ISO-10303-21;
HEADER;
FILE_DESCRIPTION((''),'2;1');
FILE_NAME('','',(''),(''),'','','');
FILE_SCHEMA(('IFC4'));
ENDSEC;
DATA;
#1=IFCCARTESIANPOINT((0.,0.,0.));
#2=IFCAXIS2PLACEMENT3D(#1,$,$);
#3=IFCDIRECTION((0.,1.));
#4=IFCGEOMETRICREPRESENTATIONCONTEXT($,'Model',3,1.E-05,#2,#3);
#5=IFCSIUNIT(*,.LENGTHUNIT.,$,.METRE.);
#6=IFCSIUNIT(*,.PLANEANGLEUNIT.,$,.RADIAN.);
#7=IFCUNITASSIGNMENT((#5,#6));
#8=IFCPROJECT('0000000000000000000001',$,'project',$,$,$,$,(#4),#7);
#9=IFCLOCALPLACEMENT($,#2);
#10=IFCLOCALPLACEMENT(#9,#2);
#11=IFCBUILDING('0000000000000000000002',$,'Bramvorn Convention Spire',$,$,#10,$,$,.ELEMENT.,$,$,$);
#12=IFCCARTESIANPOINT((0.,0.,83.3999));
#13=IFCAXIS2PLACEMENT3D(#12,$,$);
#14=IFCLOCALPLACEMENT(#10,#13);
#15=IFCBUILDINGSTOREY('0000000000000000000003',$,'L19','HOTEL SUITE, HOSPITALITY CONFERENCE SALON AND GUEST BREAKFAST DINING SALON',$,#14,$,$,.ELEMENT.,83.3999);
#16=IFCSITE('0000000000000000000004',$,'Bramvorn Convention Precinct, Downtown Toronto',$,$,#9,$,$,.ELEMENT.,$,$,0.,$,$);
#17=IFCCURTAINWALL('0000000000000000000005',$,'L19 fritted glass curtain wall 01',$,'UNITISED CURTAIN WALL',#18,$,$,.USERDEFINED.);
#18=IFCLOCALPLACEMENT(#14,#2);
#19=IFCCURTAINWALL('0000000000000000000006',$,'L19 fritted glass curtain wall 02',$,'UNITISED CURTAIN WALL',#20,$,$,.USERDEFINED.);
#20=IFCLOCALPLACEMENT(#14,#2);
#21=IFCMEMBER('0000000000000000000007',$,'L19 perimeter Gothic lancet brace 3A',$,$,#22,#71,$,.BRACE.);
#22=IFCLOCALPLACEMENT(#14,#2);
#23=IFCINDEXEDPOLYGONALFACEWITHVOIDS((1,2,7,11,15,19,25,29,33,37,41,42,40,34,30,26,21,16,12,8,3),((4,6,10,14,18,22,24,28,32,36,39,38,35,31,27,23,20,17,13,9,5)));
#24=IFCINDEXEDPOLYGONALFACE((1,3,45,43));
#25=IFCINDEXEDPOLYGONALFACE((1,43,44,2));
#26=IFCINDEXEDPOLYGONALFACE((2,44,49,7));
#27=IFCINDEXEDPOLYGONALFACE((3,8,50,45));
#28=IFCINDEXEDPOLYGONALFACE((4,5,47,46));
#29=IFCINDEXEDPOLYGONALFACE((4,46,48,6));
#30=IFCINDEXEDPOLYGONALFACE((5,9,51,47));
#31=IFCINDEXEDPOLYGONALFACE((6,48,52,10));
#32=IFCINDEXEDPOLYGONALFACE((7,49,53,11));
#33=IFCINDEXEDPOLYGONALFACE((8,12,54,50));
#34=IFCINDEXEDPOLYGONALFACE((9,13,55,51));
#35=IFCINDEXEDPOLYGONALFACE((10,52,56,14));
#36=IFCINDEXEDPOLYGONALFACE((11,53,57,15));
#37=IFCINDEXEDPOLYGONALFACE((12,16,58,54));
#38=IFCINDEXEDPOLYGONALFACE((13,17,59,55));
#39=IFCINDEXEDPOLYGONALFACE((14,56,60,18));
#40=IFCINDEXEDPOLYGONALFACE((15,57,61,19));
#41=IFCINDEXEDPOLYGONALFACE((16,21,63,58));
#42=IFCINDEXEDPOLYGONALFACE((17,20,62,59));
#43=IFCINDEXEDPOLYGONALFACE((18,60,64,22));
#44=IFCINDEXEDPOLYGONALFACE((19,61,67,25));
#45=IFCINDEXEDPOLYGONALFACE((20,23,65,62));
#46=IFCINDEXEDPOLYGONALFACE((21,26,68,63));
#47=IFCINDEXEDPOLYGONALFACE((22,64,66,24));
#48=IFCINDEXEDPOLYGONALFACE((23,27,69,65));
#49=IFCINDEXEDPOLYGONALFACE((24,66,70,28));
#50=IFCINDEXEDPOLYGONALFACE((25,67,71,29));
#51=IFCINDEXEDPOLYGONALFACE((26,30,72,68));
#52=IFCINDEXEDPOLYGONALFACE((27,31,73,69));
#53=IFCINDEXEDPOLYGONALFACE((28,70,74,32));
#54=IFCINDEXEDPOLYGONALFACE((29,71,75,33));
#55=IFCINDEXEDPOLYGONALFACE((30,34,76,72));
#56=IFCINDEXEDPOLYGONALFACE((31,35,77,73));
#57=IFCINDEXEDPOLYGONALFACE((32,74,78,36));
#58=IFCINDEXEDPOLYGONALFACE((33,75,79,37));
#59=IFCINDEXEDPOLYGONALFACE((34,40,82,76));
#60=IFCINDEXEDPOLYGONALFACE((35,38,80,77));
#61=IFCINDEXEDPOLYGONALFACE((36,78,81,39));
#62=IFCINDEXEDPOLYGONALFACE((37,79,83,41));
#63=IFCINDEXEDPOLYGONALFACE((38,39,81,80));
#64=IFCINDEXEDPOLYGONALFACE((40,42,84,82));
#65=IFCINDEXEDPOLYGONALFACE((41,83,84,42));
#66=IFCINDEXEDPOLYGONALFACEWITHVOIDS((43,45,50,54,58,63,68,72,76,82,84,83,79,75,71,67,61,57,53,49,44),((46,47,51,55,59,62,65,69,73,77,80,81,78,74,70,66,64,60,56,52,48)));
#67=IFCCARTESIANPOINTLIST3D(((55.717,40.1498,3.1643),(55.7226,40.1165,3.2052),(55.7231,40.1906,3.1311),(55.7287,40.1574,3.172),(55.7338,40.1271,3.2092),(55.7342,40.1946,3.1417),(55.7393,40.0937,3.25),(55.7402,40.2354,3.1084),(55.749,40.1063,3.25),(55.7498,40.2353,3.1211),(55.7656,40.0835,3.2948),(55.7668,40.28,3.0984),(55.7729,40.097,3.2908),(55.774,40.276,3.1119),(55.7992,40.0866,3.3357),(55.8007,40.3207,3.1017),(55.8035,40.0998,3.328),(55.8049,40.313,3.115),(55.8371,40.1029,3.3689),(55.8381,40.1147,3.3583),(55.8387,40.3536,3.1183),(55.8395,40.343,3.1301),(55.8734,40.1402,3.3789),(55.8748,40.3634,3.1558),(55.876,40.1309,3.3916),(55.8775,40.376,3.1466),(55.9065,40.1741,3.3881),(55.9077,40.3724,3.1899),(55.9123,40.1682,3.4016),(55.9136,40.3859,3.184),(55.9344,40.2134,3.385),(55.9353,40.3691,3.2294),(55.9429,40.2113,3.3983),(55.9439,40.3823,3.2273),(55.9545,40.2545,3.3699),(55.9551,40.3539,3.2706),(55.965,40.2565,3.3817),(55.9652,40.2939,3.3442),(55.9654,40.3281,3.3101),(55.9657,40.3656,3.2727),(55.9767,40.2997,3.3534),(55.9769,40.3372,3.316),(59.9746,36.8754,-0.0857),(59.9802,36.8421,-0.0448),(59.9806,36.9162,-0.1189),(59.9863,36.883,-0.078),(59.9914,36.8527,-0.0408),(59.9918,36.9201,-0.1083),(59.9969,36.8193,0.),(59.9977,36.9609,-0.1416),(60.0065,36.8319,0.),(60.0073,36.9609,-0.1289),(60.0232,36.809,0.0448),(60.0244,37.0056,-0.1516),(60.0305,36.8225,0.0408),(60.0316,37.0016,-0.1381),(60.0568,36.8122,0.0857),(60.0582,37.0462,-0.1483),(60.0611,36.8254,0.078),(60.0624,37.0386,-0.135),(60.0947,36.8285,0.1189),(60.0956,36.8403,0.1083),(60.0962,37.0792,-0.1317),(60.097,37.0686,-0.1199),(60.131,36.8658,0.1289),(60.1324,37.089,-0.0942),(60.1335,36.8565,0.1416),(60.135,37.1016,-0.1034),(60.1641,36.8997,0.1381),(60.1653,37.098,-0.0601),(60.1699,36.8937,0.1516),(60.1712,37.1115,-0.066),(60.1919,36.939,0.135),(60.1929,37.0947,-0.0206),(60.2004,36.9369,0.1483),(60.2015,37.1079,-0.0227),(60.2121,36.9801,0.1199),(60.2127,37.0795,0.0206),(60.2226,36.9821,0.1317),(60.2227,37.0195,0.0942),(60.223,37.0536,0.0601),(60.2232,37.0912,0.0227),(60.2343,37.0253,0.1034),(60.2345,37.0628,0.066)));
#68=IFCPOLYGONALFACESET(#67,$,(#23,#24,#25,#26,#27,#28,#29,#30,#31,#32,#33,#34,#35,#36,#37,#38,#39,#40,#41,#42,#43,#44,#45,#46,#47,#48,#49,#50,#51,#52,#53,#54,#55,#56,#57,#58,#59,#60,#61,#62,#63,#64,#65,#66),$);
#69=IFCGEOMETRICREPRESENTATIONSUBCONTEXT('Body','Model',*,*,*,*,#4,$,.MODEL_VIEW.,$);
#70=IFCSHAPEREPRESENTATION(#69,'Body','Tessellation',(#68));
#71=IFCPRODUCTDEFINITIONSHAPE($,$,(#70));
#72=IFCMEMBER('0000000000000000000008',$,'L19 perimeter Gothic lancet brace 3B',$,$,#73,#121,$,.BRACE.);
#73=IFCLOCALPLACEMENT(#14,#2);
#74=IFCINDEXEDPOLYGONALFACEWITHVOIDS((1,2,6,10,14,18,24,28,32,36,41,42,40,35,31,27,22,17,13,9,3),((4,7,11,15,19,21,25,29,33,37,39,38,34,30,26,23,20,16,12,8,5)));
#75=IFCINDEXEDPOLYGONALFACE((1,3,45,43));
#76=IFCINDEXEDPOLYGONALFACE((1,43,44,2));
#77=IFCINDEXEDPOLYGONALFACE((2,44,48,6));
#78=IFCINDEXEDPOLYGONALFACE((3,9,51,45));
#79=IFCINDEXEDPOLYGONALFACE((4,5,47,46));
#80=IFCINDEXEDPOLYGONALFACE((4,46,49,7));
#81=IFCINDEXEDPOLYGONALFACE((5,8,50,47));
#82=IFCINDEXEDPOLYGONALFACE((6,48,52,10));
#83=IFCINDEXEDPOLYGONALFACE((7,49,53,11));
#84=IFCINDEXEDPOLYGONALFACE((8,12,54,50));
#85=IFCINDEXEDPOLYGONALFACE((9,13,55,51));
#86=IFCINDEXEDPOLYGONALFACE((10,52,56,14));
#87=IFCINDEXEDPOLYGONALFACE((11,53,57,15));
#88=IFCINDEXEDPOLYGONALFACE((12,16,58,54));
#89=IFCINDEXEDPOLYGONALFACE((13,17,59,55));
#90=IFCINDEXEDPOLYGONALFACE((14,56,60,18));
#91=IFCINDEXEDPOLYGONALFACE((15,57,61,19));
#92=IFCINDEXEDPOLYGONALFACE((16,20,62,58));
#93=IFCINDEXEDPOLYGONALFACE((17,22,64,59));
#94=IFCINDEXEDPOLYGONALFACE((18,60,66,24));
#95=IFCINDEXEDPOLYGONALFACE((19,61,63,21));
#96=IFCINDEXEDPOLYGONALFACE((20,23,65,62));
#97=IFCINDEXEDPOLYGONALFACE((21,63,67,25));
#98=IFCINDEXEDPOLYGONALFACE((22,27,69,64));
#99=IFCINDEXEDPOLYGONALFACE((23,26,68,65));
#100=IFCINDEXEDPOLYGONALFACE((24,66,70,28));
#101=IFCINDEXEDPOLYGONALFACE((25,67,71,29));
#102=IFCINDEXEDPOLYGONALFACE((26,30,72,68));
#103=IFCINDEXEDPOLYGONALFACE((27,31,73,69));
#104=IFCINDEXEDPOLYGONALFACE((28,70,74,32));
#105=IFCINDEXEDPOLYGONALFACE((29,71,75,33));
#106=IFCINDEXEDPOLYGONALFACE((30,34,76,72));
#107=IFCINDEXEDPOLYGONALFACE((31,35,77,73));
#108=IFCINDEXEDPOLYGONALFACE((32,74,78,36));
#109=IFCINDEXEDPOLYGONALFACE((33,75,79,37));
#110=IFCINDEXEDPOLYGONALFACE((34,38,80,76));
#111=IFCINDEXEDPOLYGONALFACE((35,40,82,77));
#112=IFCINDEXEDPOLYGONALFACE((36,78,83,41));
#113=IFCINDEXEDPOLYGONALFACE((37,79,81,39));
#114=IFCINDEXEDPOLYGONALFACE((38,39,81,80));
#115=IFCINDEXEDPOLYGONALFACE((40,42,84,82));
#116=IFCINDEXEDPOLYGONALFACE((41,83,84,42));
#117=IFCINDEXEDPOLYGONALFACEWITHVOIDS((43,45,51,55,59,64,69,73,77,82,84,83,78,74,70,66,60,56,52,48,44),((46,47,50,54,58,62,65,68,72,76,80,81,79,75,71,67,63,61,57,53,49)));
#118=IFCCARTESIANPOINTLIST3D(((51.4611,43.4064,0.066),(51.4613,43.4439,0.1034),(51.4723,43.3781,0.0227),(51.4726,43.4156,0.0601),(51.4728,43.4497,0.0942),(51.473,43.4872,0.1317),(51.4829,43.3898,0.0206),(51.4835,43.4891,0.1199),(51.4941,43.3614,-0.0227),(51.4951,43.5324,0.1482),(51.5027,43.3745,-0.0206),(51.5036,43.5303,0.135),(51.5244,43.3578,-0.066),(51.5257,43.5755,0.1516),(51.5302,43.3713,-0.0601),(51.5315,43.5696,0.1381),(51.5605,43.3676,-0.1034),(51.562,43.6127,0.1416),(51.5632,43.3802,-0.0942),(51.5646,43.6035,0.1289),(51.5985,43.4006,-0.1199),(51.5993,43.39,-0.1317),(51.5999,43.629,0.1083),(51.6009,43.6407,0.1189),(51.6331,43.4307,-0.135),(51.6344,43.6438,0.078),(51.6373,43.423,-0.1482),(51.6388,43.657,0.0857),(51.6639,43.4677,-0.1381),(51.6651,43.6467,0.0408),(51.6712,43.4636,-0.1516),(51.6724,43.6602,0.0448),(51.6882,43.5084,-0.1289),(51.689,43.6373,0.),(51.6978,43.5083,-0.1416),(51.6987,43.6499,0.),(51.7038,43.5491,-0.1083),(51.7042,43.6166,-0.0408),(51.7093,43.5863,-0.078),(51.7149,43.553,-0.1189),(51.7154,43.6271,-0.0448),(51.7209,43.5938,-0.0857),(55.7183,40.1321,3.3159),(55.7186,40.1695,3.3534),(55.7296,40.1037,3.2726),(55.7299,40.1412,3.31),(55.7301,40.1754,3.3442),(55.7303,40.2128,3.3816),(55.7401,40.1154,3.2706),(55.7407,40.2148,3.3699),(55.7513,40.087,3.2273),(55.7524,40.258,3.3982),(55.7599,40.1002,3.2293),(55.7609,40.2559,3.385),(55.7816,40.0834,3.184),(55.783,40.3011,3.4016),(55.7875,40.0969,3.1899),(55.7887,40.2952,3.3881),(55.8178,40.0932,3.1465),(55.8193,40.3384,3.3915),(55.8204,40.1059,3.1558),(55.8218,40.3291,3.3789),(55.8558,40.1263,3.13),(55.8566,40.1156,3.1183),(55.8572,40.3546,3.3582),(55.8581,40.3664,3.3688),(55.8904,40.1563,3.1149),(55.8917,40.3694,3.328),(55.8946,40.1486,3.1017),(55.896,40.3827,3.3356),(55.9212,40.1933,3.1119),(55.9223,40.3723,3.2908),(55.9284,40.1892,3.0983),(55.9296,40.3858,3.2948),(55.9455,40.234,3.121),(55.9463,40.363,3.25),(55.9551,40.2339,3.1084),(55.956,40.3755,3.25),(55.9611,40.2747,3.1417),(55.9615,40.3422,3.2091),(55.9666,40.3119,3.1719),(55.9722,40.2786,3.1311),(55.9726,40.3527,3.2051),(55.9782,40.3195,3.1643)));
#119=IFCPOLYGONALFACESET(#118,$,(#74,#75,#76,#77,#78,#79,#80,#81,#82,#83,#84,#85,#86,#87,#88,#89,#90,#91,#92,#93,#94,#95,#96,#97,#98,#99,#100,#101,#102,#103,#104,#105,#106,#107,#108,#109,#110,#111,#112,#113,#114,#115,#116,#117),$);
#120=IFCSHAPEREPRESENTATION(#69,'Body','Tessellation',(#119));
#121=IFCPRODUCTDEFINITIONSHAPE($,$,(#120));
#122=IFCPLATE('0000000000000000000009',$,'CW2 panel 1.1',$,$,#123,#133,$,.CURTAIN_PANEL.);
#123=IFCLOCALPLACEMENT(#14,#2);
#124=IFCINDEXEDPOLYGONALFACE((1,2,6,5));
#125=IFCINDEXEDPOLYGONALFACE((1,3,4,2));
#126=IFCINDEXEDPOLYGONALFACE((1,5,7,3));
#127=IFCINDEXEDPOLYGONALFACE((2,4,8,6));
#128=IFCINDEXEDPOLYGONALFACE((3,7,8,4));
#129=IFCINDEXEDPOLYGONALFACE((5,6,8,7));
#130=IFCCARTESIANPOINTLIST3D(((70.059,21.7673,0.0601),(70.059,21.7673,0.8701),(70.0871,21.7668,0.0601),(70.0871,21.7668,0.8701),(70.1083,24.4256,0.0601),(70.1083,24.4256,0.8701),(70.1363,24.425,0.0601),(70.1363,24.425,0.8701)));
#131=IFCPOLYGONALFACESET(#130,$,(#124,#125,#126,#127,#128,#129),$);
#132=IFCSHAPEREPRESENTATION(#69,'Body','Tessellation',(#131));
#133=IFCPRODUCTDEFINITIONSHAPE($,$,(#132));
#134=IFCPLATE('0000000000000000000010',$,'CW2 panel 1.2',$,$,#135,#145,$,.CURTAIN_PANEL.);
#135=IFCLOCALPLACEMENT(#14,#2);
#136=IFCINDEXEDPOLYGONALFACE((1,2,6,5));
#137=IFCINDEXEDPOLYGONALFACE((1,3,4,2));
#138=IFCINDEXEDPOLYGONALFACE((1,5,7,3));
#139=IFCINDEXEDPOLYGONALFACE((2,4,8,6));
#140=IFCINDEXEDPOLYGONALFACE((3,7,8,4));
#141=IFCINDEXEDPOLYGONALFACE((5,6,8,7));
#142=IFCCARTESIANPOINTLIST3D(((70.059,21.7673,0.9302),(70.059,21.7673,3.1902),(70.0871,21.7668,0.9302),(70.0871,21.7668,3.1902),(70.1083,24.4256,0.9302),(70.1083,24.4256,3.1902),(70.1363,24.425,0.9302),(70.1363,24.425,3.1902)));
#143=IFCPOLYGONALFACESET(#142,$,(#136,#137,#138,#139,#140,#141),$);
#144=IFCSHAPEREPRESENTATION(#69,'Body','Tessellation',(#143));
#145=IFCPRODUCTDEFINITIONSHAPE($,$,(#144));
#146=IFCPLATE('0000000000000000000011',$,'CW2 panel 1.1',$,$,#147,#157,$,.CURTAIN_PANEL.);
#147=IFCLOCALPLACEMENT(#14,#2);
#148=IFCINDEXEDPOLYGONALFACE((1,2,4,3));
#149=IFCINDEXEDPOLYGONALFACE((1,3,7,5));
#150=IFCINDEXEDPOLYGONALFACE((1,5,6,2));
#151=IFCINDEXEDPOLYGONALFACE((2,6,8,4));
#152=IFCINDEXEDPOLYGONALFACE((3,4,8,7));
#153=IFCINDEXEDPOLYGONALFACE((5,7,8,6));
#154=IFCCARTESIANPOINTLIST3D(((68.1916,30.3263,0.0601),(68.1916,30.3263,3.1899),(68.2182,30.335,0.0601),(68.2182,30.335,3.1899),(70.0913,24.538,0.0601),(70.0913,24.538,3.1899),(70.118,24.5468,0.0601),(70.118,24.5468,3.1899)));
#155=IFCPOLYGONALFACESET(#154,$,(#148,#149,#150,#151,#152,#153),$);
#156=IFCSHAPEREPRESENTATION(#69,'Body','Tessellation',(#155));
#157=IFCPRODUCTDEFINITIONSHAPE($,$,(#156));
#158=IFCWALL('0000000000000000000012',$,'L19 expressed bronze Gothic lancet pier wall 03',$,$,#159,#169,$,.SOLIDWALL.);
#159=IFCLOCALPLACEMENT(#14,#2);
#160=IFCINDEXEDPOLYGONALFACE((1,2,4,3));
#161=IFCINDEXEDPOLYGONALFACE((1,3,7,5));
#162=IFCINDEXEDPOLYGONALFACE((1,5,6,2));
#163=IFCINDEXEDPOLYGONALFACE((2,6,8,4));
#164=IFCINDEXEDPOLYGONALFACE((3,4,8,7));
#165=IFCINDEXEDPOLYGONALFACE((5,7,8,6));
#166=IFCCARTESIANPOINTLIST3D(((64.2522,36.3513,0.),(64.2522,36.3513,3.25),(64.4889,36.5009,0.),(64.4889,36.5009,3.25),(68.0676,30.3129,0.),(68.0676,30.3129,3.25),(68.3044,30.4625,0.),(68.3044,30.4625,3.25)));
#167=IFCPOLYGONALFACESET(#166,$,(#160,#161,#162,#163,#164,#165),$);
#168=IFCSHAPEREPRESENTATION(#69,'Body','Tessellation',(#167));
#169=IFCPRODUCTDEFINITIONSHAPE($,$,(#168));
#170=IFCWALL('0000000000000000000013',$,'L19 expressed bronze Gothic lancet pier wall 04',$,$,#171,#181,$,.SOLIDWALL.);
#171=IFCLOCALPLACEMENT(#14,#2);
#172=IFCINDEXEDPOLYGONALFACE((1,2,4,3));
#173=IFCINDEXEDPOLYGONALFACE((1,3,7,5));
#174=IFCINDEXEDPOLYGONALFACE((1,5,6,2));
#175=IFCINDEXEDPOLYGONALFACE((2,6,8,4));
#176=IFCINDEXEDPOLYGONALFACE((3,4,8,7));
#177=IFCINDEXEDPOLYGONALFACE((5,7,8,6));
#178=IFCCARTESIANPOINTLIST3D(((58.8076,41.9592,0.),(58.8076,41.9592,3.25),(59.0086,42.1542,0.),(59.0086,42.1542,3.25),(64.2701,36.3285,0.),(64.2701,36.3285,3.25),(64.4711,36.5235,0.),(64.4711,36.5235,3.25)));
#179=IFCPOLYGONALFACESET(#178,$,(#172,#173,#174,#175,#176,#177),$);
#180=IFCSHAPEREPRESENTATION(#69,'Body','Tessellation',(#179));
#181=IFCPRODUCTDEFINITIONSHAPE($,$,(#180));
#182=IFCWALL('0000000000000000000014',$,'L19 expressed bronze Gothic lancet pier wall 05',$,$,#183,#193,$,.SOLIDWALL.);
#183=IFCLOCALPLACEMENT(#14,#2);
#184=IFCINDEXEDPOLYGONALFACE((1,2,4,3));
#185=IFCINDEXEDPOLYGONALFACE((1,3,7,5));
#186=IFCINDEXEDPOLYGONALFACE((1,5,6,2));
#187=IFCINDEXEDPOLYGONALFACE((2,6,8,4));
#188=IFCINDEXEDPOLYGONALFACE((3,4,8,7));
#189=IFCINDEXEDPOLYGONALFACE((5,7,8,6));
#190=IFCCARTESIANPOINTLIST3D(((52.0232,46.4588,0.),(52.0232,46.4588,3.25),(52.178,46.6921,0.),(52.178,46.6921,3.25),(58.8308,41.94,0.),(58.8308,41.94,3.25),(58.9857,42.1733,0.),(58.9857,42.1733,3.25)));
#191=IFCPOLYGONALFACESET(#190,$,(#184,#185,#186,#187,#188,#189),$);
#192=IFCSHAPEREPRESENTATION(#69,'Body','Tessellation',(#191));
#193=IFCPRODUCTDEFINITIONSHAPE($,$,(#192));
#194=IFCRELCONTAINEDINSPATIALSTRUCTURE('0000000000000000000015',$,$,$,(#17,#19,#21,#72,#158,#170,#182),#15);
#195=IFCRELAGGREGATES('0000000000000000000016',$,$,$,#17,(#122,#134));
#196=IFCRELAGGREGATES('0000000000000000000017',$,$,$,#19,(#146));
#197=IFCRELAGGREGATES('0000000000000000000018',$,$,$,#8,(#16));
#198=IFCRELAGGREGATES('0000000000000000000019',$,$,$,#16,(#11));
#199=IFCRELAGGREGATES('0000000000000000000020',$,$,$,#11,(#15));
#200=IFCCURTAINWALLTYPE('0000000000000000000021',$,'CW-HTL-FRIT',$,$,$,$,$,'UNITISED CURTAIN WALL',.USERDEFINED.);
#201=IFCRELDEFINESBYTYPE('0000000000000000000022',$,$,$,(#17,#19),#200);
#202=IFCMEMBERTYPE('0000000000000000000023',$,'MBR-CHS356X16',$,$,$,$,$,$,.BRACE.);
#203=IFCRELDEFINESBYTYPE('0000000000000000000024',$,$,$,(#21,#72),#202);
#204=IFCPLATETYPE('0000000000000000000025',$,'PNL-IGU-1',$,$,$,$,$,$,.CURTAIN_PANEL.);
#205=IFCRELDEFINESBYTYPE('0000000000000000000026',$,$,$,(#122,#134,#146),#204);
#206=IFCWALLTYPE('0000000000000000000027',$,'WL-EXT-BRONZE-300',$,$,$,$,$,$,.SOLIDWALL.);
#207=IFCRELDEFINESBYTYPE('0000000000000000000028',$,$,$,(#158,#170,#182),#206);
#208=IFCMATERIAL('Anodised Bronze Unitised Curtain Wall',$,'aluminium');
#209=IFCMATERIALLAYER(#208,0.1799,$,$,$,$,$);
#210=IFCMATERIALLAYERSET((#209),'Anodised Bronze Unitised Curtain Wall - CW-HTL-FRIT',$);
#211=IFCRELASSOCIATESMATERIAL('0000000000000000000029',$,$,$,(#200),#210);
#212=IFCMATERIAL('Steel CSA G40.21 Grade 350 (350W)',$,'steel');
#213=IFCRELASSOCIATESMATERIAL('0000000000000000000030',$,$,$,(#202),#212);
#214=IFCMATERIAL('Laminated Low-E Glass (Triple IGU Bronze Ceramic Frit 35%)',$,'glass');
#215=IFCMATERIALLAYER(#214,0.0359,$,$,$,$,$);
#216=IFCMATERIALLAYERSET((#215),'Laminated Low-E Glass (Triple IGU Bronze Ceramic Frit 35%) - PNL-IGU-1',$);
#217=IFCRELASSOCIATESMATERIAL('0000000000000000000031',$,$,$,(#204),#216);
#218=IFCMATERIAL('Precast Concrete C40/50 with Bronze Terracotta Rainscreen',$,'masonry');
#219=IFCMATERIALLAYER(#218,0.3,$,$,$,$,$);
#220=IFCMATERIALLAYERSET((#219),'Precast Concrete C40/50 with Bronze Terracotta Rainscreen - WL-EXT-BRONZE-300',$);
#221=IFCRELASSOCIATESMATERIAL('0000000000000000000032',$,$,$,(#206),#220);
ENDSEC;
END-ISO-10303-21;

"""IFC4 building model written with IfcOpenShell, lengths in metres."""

from ifc_helpers import new_model, si_unit, direction, frame, frame_2d, origin, origin_2d, place, context, subcontext, project, spatial, rectangle, hollow_circle, extrude, material, layer, layer_set, material_profile, profile_set, type_object, element, aggregate, save


model = new_model("IFC4")

# Units and contexts
model_context = context("Model", 3, precision=1e-05, world=origin(), true_north=direction((0.0, 1.0)))
body_context = subcontext(model_context, "Body", "Model", "MODEL_VIEW")
ifc_project = project(units=[si_unit("LENGTHUNIT", "METRE"), si_unit("PLANEANGLEUNIT", "RADIAN")], contexts=[model_context])

# Site, building, storey
site_placement = place(None, origin())
site = spatial("IfcSite", under=ifc_project, at=site_placement, Name="Bramvorn Convention Precinct, Downtown Toronto", CompositionType="ELEMENT", RefElevation=0.0)
building_placement = place(site_placement, origin())
building = spatial("IfcBuilding", under=site, at=building_placement, Name="Bramvorn Convention Spire", CompositionType="ELEMENT")
storey_placement = place(building_placement, frame((0.0, 0.0, 83.3999)))
storey = spatial("IfcBuildingStorey", under=building, at=storey_placement, Name="L19", Description="HOTEL SUITE, HOSPITALITY CONFERENCE SALON AND GUEST BREAKFAST DINING SALON", CompositionType="ELEMENT", Elevation=83.3999)

# Shared definitions
ifc_material_1 = material(Name="Steel CSA G40.21 Grade 350 (350W)", Category="steel")

# Curtain wall
ifc_material_2 = material(Name="Anodised Bronze Unitised Curtain Wall", Category="aluminium")
ifc_layer_1 = layer(ifc_material_2, 0.1799)
ifc_layer_set_1 = layer_set([ifc_layer_1], Name="Anodised Bronze Unitised Curtain Wall - CW-HTL-FRIT")
curtain_wall_type = type_object("IfcCurtainWallType", Name="CW-HTL-FRIT", ElementType="UNITISED CURTAIN WALL", PredefinedType="USERDEFINED", material=ifc_layer_set_1)
curtain_wall_1_placement = place(storey_placement, origin())
curtain_wall_1 = element("IfcCurtainWall", 1, at=curtain_wall_1_placement, inside=storey, type_object=curtain_wall_type, Name="L19 fritted glass curtain wall 01", ObjectType="UNITISED CURTAIN WALL", PredefinedType="USERDEFINED")

# Curtain wall
curtain_wall_2_placement = place(storey_placement, origin())
curtain_wall_2 = element("IfcCurtainWall", 2, at=curtain_wall_2_placement, inside=storey, type_object=curtain_wall_type, Name="L19 fritted glass curtain wall 02", ObjectType="UNITISED CURTAIN WALL", PredefinedType="USERDEFINED")

# Members
ifc_material_profile_1 = material_profile(ifc_material_1, hollow_circle(Radius=0.1777, WallThickness=0.0159, at=origin_2d()))
ifc_profile_set_1 = profile_set([ifc_material_profile_1], Name="Steel CSA G40.21 Grade 350 (350W) - CHS356X16")
member_type_1 = type_object("IfcMemberType", Name="MBR-CHS356X16", PredefinedType="BRACE", material=ifc_profile_set_1)
member_1_placement = place(storey_placement, frame((60.1052, 36.9602, 0.0), z_axis=(-0.678191, 0.521584, 0.517695), x_axis=(-0.609636, -0.792681, 0.0)))
element("IfcMember", 3, at=member_1_placement, inside=storey, type_object=member_type_1, Name="L19 perimeter Gothic lancet brace 3A", PredefinedType="BRACE", context=body_context, shape_type="SweptSolid", body=[
    extrude(hollow_circle(Radius=0.1777, WallThickness=0.0159, at=origin_2d()), origin(), (0.0, 0.0, 1.0), 6.2778),
])
member_2_placement = place(storey_placement, frame((51.5903, 43.509, 0.0), z_axis=(0.67817, -0.521597, 0.517708), x_axis=(0.609658, 0.792665, 0.0)))
element("IfcMember", 4, at=member_2_placement, inside=storey, type_object=member_type_1, Name="L19 perimeter Gothic lancet brace 3B", PredefinedType="BRACE", context=body_context, shape_type="SweptSolid", body=[
    extrude(hollow_circle(Radius=0.1777, WallThickness=0.0159, at=origin_2d()), origin(), (0.0, 0.0, 1.0), 6.2776),
])

# Plates
ifc_material_3 = material(Name="Laminated Low-E Glass (Triple IGU Bronze Ceramic Frit 35%)", Category="glass")
ifc_layer_2 = layer(ifc_material_3, 0.0359)
ifc_layer_set_2 = layer_set([ifc_layer_2], Name="Laminated Low-E Glass (Triple IGU Bronze Ceramic Frit 35%) - PNL-IGU-1")
plate_type = type_object("IfcPlateType", Name="PNL-IGU-1", PredefinedType="CURTAIN_PANEL", material=ifc_layer_set_2)
plate_1_placement = place(storey_placement, frame((70.0977, 23.0962, 0.0601), z_axis=(0.0, 0.0, 1.0), x_axis=(-0.018536, -0.999828, 0.0)))
plate_1 = element("IfcPlate", 5, at=plate_1_placement, type_object=plate_type, Name="CW2 panel 1.1", PredefinedType="CURTAIN_PANEL", context=body_context, shape_type="SweptSolid", body=[
    extrude(rectangle(XDim=2.6587, YDim=0.0281, at=origin_2d()), origin(), (0.0, 0.0, 1.0), 0.8101),
])
plate_2_placement = place(storey_placement, frame((70.0977, 23.0962, 0.9302), z_axis=(0.0, 0.0, 1.0), x_axis=(-0.018536, -0.999828, 0.0)))
plate_2 = element("IfcPlate", 6, at=plate_2_placement, type_object=plate_type, Name="CW2 panel 1.2", PredefinedType="CURTAIN_PANEL", context=body_context, shape_type="SweptSolid", body=[
    extrude(rectangle(XDim=2.6587, YDim=0.0281, at=origin_2d()), origin(), (0.0, 0.0, 1.0), 2.26),
])
aggregate(curtain_wall_1, [plate_1, plate_2])
plate_3_placement = place(storey_placement, frame((69.1548, 27.4365, 0.0601), z_axis=(0.0, 0.0, 1.0), x_axis=(0.311844, -0.950133, 0.0)))
plate_3 = element("IfcPlate", 7, at=plate_3_placement, type_object=plate_type, Name="CW2 panel 1.1", PredefinedType="CURTAIN_PANEL", context=body_context, shape_type="SweptSolid", body=[
    extrude(rectangle(XDim=6.092, YDim=0.0281, at=origin_2d()), origin(), (0.0, 0.0, 1.0), 3.1299),
])
aggregate(curtain_wall_2, [plate_3])

# Walls
ifc_material_4 = material(Name="Precast Concrete C40/50 with Bronze Terracotta Rainscreen", Category="masonry")
ifc_layer_3 = layer(ifc_material_4, 0.3)
ifc_layer_set_3 = layer_set([ifc_layer_3], Name="Precast Concrete C40/50 with Bronze Terracotta Rainscreen - WL-EXT-BRONZE-300")
wall_type_1 = type_object("IfcWallType", Name="WL-EXT-BRONZE-300", PredefinedType="SOLIDWALL", material=ifc_layer_set_3)
wall_1_placement = place(storey_placement, frame((64.3706, 36.426, 0.0), z_axis=(0.0, 0.0, 1.0), x_axis=(0.534168, -0.845378, 0.0)))
element("IfcWall", 8, at=wall_1_placement, inside=storey, type_object=wall_type_1, Name="L19 expressed bronze Gothic lancet pier wall 03", PredefinedType="SOLIDWALL", context=body_context, shape_type="SweptSolid", body=[
    extrude(rectangle(XDim=7.1428, YDim=0.28, at=frame_2d((3.5713, 0.0))), origin(), (0.0, 0.0, 1.0), 3.25),
])
wall_2_placement = place(storey_placement, frame((58.9082, 42.0566, 0.0), z_axis=(0.0, 0.0, 1.0), x_axis=(0.696304, -0.717747, 0.0)))
element("IfcWall", 9, at=wall_2_placement, inside=storey, type_object=wall_type_1, Name="L19 expressed bronze Gothic lancet pier wall 04", PredefinedType="SOLIDWALL", context=body_context, shape_type="SweptSolid", body=[
    extrude(rectangle(XDim=7.845, YDim=0.28, at=frame_2d((3.9224, 0.0))), origin(), (0.0, 0.0, 1.0), 3.25),
])
wall_3_placement = place(storey_placement, frame((52.1006, 46.5754, 0.0), z_axis=(0.0, 0.0, 1.0), x_axis=(0.833156, -0.553037, 0.0)))
element("IfcWall", 10, at=wall_3_placement, inside=storey, type_object=wall_type_1, Name="L19 expressed bronze Gothic lancet pier wall 05", PredefinedType="SOLIDWALL", context=body_context, shape_type="SweptSolid", body=[
    extrude(rectangle(XDim=8.1709, YDim=0.28, at=frame_2d((4.0854, 0.0))), origin(), (0.0, 0.0, 1.0), 3.25),
])

save(model, "model.ifc")
